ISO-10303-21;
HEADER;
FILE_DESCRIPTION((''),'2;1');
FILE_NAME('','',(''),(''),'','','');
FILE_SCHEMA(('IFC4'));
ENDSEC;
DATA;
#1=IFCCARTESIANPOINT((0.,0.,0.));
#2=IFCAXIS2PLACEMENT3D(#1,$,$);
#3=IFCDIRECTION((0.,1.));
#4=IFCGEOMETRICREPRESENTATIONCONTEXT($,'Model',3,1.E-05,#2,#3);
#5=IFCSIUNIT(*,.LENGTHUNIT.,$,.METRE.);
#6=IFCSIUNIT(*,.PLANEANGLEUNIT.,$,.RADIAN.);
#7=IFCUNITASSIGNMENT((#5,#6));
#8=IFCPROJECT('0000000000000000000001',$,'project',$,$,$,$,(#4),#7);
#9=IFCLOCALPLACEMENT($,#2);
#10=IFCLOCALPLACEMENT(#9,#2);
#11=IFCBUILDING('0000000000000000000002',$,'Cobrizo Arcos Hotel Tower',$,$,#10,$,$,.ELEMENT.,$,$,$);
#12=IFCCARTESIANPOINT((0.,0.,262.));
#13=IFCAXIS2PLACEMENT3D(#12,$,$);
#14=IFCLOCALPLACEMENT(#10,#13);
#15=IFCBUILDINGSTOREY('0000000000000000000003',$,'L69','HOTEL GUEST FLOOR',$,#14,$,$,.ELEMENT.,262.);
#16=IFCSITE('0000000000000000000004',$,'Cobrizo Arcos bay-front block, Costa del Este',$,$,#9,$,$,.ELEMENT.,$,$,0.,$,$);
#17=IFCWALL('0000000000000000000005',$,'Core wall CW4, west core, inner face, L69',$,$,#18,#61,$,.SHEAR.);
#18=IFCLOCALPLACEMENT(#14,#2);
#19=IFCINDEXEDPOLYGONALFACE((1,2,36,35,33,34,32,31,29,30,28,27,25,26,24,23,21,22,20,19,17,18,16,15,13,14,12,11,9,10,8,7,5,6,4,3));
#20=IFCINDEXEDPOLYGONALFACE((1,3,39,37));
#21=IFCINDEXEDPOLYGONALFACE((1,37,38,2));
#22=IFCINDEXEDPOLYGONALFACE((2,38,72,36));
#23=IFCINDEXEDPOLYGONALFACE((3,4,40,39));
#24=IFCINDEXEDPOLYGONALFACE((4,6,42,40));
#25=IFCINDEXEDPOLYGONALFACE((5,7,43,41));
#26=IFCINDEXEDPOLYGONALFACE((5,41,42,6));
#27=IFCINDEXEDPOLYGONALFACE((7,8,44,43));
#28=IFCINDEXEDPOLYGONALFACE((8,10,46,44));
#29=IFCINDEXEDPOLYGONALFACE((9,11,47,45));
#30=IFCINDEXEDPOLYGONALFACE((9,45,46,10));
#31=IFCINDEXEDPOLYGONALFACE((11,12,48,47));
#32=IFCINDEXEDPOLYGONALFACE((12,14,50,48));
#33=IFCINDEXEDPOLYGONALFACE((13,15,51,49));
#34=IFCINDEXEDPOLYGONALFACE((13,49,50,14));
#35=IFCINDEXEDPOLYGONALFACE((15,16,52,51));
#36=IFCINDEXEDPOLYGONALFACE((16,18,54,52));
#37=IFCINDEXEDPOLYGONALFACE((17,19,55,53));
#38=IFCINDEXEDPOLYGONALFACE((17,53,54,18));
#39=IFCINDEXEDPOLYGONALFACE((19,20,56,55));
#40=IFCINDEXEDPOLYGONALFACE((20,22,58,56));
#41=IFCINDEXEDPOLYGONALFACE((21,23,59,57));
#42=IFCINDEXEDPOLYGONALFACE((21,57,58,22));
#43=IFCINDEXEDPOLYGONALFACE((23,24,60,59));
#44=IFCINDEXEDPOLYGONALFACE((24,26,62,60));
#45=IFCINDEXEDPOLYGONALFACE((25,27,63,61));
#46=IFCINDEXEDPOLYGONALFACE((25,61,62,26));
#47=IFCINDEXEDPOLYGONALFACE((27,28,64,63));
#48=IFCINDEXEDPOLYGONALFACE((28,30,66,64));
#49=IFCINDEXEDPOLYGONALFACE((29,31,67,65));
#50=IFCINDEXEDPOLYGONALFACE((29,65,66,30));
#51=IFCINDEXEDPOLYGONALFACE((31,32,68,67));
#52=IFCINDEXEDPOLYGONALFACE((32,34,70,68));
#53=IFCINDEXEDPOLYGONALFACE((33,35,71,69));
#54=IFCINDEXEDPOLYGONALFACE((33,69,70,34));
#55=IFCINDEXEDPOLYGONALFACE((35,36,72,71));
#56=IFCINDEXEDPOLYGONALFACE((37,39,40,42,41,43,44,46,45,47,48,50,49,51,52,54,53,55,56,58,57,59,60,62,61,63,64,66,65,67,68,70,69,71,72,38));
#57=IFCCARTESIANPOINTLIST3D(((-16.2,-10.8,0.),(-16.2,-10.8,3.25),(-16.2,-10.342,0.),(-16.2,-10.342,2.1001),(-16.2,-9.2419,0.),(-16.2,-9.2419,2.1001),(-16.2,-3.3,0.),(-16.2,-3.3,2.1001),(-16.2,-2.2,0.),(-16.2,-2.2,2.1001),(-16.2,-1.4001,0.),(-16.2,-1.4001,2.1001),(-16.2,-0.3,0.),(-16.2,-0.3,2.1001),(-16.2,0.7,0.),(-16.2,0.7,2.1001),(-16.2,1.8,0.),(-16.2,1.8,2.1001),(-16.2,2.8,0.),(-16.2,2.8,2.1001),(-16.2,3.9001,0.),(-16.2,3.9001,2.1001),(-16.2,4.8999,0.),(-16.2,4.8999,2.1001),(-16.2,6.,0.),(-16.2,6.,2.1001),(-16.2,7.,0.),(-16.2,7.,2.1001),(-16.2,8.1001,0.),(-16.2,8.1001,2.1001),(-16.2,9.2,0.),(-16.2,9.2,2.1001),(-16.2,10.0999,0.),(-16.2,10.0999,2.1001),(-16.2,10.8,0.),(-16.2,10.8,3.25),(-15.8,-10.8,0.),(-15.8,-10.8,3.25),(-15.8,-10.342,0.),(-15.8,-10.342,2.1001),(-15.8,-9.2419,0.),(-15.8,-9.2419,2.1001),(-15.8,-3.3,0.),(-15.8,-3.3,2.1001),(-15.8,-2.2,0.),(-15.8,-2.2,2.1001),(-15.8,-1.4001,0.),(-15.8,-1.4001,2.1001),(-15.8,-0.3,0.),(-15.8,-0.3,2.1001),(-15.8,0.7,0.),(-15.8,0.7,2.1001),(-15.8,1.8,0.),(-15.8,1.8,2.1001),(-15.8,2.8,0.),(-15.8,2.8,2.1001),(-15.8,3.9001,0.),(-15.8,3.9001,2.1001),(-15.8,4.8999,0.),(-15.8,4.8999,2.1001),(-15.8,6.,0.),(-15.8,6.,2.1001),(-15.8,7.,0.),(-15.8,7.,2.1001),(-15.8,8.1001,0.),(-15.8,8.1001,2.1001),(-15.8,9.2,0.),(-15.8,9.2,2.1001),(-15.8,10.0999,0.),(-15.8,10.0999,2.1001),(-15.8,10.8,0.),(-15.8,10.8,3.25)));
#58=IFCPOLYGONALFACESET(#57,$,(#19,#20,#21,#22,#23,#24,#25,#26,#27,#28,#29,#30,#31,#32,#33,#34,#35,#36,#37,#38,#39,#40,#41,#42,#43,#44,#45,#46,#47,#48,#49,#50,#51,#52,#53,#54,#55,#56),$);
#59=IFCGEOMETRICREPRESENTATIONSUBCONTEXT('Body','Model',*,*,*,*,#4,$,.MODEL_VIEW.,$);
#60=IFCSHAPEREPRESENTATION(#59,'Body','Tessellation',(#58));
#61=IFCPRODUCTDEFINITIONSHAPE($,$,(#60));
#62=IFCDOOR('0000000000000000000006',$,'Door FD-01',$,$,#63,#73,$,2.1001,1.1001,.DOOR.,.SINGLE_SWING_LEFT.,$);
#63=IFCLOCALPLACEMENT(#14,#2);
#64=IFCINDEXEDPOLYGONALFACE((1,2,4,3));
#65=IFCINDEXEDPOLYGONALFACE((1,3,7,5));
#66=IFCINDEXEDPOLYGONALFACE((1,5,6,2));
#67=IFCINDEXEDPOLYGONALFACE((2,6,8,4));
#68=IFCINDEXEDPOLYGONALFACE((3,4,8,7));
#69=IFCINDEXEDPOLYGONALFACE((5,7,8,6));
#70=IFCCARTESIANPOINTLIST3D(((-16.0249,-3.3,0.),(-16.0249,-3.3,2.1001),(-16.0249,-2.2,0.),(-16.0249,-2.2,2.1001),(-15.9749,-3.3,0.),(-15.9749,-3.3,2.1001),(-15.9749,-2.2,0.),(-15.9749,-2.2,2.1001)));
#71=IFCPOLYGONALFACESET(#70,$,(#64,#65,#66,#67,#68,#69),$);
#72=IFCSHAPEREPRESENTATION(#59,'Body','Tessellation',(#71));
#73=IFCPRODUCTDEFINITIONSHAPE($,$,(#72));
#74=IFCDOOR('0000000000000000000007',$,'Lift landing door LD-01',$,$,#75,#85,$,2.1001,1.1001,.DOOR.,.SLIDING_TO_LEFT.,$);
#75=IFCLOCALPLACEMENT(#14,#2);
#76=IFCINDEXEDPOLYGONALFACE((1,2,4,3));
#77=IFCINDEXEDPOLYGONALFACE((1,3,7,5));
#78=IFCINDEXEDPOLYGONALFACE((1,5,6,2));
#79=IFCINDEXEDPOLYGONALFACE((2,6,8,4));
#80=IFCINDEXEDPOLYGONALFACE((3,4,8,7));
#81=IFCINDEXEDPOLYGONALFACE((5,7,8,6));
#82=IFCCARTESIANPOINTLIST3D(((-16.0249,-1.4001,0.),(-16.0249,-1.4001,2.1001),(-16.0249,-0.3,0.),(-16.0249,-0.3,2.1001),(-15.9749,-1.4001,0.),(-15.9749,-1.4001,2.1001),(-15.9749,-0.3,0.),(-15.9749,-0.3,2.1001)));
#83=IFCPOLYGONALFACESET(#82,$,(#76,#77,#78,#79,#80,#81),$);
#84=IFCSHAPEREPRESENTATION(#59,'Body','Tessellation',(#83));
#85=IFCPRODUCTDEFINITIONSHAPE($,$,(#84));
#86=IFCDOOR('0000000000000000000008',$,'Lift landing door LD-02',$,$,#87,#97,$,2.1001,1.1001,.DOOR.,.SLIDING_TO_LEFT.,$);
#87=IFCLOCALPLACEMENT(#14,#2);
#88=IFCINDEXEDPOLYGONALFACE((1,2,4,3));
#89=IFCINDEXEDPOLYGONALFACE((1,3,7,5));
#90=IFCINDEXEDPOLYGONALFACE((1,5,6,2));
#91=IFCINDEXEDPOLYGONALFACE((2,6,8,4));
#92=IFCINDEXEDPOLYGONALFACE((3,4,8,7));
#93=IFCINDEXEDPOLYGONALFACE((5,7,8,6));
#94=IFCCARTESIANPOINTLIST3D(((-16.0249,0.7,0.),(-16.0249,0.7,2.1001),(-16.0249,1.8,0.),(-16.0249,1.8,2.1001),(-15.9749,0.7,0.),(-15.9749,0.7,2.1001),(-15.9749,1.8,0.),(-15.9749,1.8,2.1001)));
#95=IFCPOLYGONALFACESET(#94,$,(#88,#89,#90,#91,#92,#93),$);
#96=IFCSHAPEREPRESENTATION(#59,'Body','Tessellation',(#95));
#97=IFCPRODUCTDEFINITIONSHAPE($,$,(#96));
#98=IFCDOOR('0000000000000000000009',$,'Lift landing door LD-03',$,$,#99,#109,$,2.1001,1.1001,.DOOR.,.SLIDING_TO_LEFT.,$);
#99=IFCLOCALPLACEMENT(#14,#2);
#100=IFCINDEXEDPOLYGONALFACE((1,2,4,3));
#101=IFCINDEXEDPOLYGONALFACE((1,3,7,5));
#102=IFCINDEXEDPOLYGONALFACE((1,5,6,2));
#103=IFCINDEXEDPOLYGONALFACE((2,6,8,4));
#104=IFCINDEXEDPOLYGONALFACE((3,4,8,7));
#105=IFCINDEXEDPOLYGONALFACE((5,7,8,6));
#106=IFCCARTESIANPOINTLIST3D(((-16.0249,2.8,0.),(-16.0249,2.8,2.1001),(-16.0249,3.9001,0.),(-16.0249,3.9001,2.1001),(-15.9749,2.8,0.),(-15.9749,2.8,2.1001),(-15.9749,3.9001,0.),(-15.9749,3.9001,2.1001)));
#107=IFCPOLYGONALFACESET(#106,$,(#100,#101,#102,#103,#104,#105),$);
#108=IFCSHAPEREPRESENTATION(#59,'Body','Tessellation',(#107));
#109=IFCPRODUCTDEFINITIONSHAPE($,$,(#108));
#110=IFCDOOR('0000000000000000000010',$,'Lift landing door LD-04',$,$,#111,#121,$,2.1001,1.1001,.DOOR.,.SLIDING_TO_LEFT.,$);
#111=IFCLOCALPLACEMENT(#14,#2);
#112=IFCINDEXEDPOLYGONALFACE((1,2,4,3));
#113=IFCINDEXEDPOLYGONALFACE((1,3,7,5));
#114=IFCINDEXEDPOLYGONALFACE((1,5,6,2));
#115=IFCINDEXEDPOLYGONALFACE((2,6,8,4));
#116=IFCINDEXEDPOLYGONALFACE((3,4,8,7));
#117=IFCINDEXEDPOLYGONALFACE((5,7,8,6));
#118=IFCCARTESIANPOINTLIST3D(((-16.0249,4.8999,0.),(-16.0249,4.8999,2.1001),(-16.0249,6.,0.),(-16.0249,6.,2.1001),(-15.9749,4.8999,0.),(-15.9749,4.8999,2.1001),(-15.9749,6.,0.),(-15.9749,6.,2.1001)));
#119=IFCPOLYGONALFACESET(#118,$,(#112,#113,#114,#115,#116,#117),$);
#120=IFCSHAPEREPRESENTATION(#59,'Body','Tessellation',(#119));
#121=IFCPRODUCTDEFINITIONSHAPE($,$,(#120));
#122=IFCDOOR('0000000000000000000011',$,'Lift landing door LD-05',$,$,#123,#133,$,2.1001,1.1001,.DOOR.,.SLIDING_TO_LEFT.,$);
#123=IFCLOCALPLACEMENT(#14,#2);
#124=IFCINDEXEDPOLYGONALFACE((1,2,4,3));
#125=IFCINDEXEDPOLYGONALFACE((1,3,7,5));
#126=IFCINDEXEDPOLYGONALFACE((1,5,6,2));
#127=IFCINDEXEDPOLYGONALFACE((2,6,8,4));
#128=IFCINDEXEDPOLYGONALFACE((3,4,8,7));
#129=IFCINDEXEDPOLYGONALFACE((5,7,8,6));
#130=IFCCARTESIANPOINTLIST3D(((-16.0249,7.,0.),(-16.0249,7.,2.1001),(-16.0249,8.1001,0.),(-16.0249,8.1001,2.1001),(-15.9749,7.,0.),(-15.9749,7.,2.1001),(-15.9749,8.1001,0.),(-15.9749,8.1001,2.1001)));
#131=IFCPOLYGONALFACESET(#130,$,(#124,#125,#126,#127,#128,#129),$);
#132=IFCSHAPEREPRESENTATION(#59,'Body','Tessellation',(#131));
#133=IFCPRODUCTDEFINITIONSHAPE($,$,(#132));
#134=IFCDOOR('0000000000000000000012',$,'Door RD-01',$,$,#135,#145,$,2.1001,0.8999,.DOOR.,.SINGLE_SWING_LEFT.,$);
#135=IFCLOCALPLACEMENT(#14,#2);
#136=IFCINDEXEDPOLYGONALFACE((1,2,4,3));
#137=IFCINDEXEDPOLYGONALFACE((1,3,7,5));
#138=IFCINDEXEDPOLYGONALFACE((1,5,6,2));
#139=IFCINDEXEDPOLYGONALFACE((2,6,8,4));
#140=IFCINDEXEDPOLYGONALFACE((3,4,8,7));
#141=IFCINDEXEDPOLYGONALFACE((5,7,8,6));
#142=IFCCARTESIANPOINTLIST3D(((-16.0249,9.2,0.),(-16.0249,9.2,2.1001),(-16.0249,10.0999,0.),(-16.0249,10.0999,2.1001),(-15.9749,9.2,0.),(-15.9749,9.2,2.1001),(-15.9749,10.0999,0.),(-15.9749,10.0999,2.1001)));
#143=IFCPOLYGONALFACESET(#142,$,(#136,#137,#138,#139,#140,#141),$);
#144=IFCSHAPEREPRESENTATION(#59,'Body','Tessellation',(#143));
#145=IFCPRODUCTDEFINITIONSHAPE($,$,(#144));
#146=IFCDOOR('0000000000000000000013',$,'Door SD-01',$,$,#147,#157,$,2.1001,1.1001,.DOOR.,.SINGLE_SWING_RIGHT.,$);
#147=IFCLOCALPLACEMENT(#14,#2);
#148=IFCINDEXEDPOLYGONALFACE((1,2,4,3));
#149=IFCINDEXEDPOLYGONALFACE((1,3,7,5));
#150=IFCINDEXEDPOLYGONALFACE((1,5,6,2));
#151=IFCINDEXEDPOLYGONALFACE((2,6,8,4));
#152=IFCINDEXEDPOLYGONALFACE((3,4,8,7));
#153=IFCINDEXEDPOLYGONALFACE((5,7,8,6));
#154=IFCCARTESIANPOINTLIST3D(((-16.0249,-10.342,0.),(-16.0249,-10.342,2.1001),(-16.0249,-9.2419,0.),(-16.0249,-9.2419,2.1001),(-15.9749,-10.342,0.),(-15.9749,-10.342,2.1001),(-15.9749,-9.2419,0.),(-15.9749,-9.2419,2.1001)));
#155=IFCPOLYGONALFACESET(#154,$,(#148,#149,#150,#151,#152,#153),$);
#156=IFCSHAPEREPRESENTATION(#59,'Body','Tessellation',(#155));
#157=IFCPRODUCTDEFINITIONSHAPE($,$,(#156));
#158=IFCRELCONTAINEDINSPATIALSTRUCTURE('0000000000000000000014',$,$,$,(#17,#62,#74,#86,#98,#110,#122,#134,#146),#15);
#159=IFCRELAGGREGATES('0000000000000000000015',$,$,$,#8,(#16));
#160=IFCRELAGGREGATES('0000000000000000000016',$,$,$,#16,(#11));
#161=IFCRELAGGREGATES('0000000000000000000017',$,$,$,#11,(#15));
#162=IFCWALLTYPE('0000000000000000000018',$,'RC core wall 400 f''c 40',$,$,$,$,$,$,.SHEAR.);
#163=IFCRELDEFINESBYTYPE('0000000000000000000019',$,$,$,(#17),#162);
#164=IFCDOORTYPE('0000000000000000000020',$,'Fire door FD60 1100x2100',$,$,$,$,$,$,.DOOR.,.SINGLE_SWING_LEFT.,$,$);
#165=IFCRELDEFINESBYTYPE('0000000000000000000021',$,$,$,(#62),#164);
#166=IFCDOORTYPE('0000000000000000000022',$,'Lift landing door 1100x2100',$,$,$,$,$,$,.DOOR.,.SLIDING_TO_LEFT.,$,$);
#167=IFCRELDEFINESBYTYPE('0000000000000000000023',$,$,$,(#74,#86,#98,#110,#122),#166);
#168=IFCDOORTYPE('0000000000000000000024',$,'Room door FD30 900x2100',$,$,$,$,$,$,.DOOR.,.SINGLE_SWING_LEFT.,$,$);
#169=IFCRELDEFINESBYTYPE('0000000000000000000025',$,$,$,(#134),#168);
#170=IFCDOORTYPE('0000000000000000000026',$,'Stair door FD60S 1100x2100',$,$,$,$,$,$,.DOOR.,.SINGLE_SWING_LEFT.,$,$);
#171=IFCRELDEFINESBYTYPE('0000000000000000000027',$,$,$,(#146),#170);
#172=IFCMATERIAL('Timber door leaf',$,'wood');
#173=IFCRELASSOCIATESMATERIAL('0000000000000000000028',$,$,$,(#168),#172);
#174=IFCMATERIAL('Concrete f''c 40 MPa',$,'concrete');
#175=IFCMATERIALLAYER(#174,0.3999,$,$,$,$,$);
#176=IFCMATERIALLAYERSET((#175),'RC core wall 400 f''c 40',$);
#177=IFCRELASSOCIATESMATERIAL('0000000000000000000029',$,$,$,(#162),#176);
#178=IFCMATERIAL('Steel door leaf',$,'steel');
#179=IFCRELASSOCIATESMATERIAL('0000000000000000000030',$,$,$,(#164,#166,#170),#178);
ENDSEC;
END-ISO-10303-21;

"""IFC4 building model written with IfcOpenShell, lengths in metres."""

from ifc_helpers import new_model, si_unit, direction, frame, frame_2d, origin, place, context, subcontext, project, spatial, rectangle, extrude, material, layer, layer_set, type_object, element, fill, save


model = new_model("IFC4")

# Units and contexts
model_context = context("Model", 3, precision=1e-05, world=origin(), true_north=direction((0.0, 1.0)))
body_context = subcontext(model_context, "Body", "Model", "MODEL_VIEW")
ifc_project = project(units=[si_unit("LENGTHUNIT", "METRE"), si_unit("PLANEANGLEUNIT", "RADIAN")], contexts=[model_context])

# Site, building, storey
site_placement = place(None, origin())
site = spatial("IfcSite", under=ifc_project, at=site_placement, Name="Cobrizo Arcos bay-front block, Costa del Este", CompositionType="ELEMENT", RefElevation=0.0)
building_placement = place(site_placement, origin())
building = spatial("IfcBuilding", under=site, at=building_placement, Name="Cobrizo Arcos Hotel Tower", CompositionType="ELEMENT")
storey_placement = place(building_placement, frame((0.0, 0.0, 262.0)))
storey = spatial("IfcBuildingStorey", under=building, at=storey_placement, Name="L69", Description="HOTEL GUEST FLOOR", CompositionType="ELEMENT", Elevation=262.0)

# Shared definitions
ifc_material_1 = material(Name="Timber door leaf", Category="wood")
door_type_1 = type_object("IfcDoorType", Name="Room door FD30 900x2100", OperationType="SINGLE_SWING_LEFT", PredefinedType="DOOR", material=ifc_material_1)

# Wall, openings, doors
ifc_material_2 = material(Name="Concrete f'c 40 MPa", Category="concrete")
ifc_layer_1 = layer(ifc_material_2, 0.3999)
ifc_layer_set_1 = layer_set([ifc_layer_1], Name="RC core wall 400 f'c 40")
wall_type_1 = type_object("IfcWallType", Name="RC core wall 400 f'c 40", PredefinedType="SHEAR", material=ifc_layer_set_1)
wall_1_placement = place(storey_placement, frame((-16.0, -10.8, 0.0), z_axis=(0.0, 0.0, 1.0), x_axis=(0.0, 1.0, 0.0)))
wall_1 = element("IfcWall", 1, at=wall_1_placement, inside=storey, type_object=wall_type_1, Name="Core wall CW4, west core, inner face, L69", PredefinedType="SHEAR", context=body_context, shape_type="SweptSolid", body=[
    extrude(rectangle(XDim=21.6001, YDim=0.3999, at=frame_2d((10.8, 0.0))), origin(), (0.0, 0.0, 1.0), 3.25),
])
opening_1_placement = place(wall_1_placement, frame((9.3999, 0.0, 0.0)))
opening_1 = element("IfcOpeningElement", 2, at=opening_1_placement, cuts=wall_1, PredefinedType="OPENING", context=body_context, shape_type="SweptSolid", body=[
    extrude(rectangle(XDim=1.1001, YDim=2.1001, at=frame_2d((0.55, 1.05))), frame((0.0, 0.2119, 0.0), z_axis=(0.0, -1.0, 0.0), x_axis=(1.0, 0.0, 0.0)), (0.0, 0.0, 1.0), 0.4238),
])
opening_2_placement = place(wall_1_placement, frame((11.5, 0.0, 0.0)))
opening_2 = element("IfcOpeningElement", 3, at=opening_2_placement, cuts=wall_1, PredefinedType="OPENING", context=body_context, shape_type="SweptSolid", body=[
    extrude(rectangle(XDim=1.1001, YDim=2.1001, at=frame_2d((0.55, 1.05))), frame((0.0, 0.2119, 0.0), z_axis=(0.0, -1.0, 0.0), x_axis=(1.0, 0.0, 0.0)), (0.0, 0.0, 1.0), 0.4238),
])
opening_3_placement = place(wall_1_placement, frame((13.6001, 0.0, 0.0)))
opening_3 = element("IfcOpeningElement", 4, at=opening_3_placement, cuts=wall_1, PredefinedType="OPENING", context=body_context, shape_type="SweptSolid", body=[
    extrude(rectangle(XDim=1.1001, YDim=2.1001, at=frame_2d((0.55, 1.05))), frame((0.0, 0.2119, 0.0), z_axis=(0.0, -1.0, 0.0), x_axis=(1.0, 0.0, 0.0)), (0.0, 0.0, 1.0), 0.4238),
])
opening_4_placement = place(wall_1_placement, frame((15.7, 0.0, 0.0)))
opening_4 = element("IfcOpeningElement", 5, at=opening_4_placement, cuts=wall_1, PredefinedType="OPENING", context=body_context, shape_type="SweptSolid", body=[
    extrude(rectangle(XDim=1.1001, YDim=2.1001, at=frame_2d((0.55, 1.05))), frame((0.0, 0.2119, 0.0), z_axis=(0.0, -1.0, 0.0), x_axis=(1.0, 0.0, 0.0)), (0.0, 0.0, 1.0), 0.4238),
])
opening_5_placement = place(wall_1_placement, frame((17.8, 0.0, 0.0)))
opening_5 = element("IfcOpeningElement", 6, at=opening_5_placement, cuts=wall_1, PredefinedType="OPENING", context=body_context, shape_type="SweptSolid", body=[
    extrude(rectangle(XDim=1.1001, YDim=2.1001, at=frame_2d((0.55, 1.05))), frame((0.0, 0.2119, 0.0), z_axis=(0.0, -1.0, 0.0), x_axis=(1.0, 0.0, 0.0)), (0.0, 0.0, 1.0), 0.4238),
])
opening_6_placement = place(wall_1_placement, frame((0.458, 0.0, 0.0)))
opening_6 = element("IfcOpeningElement", 7, at=opening_6_placement, cuts=wall_1, PredefinedType="OPENING", context=body_context, shape_type="SweptSolid", body=[
    extrude(rectangle(XDim=1.1001, YDim=2.1001, at=frame_2d((0.55, 1.05))), frame((0.0, 0.2119, 0.0), z_axis=(0.0, -1.0, 0.0), x_axis=(1.0, 0.0, 0.0)), (0.0, 0.0, 1.0), 0.4238),
])
opening_7_placement = place(wall_1_placement, frame((7.5, 0.0, 0.0)))
opening_7 = element("IfcOpeningElement", 8, at=opening_7_placement, cuts=wall_1, PredefinedType="OPENING", context=body_context, shape_type="SweptSolid", body=[
    extrude(rectangle(XDim=1.1001, YDim=2.1001, at=frame_2d((0.55, 1.05))), frame((0.0, 0.2119, 0.0), z_axis=(0.0, -1.0, 0.0), x_axis=(1.0, 0.0, 0.0)), (0.0, 0.0, 1.0), 0.4238),
])
opening_8_placement = place(wall_1_placement, frame((20.0, 0.0, 0.0)))
opening_8 = element("IfcOpeningElement", 9, at=opening_8_placement, cuts=wall_1, PredefinedType="OPENING", context=body_context, shape_type="SweptSolid", body=[
    extrude(rectangle(XDim=0.8999, YDim=2.1001, at=frame_2d((0.45, 1.05))), frame((0.0, 0.2119, 0.0), z_axis=(0.0, -1.0, 0.0), x_axis=(1.0, 0.0, 0.0)), (0.0, 0.0, 1.0), 0.4238),
])
ifc_material_3 = material(Name="Steel door leaf", Category="steel")
door_type_2 = type_object("IfcDoorType", Name="Fire door FD60 1100x2100", OperationType="SINGLE_SWING_LEFT", PredefinedType="DOOR", material=ifc_material_3)
door_1_placement = place(opening_7_placement, origin())
door_1 = element("IfcDoor", 10, at=door_1_placement, inside=storey, type_object=door_type_2, Name="Door FD-01", OperationType="SINGLE_SWING_LEFT", OverallHeight=2.1001, OverallWidth=1.1001, PredefinedType="DOOR", context=body_context, shape_type="SweptSolid", body=[
    extrude(rectangle(XDim=1.1001, YDim=2.1001, at=frame_2d((0.55, 1.05))), frame((0.0, 0.0249, 0.0), z_axis=(0.0, -1.0, 0.0), x_axis=(1.0, 0.0, 0.0)), (0.0, 0.0, 1.0), 0.05),
])
fill(opening_7, door_1)
door_type_3 = type_object("IfcDoorType", Name="Lift landing door 1100x2100", OperationType="SLIDING_TO_LEFT", PredefinedType="DOOR", material=ifc_material_3)
door_2_placement = place(opening_1_placement, origin())
door_2 = element("IfcDoor", 11, at=door_2_placement, inside=storey, type_object=door_type_3, Name="Lift landing door LD-01", OperationType="SLIDING_TO_LEFT", OverallHeight=2.1001, OverallWidth=1.1001, PredefinedType="DOOR", context=body_context, shape_type="SweptSolid", body=[
    extrude(rectangle(XDim=1.1001, YDim=2.1001, at=frame_2d((0.55, 1.05))), frame((0.0, 0.0249, 0.0), z_axis=(0.0, -1.0, 0.0), x_axis=(1.0, 0.0, 0.0)), (0.0, 0.0, 1.0), 0.05),
])
fill(opening_1, door_2)
door_3_placement = place(opening_2_placement, origin())
door_3 = element("IfcDoor", 12, at=door_3_placement, inside=storey, type_object=door_type_3, Name="Lift landing door LD-02", OperationType="SLIDING_TO_LEFT", OverallHeight=2.1001, OverallWidth=1.1001, PredefinedType="DOOR", context=body_context, shape_type="SweptSolid", body=[
    extrude(rectangle(XDim=1.1001, YDim=2.1001, at=frame_2d((0.55, 1.05))), frame((0.0, 0.0249, 0.0), z_axis=(0.0, -1.0, 0.0), x_axis=(1.0, 0.0, 0.0)), (0.0, 0.0, 1.0), 0.05),
])
fill(opening_2, door_3)
door_4_placement = place(opening_3_placement, origin())
door_4 = element("IfcDoor", 13, at=door_4_placement, inside=storey, type_object=door_type_3, Name="Lift landing door LD-03", OperationType="SLIDING_TO_LEFT", OverallHeight=2.1001, OverallWidth=1.1001, PredefinedType="DOOR", context=body_context, shape_type="SweptSolid", body=[
    extrude(rectangle(XDim=1.1001, YDim=2.1001, at=frame_2d((0.55, 1.05))), frame((0.0, 0.0249, 0.0), z_axis=(0.0, -1.0, 0.0), x_axis=(1.0, 0.0, 0.0)), (0.0, 0.0, 1.0), 0.05),
])
fill(opening_3, door_4)
door_5_placement = place(opening_4_placement, origin())
door_5 = element("IfcDoor", 14, at=door_5_placement, inside=storey, type_object=door_type_3, Name="Lift landing door LD-04", OperationType="SLIDING_TO_LEFT", OverallHeight=2.1001, OverallWidth=1.1001, PredefinedType="DOOR", context=body_context, shape_type="SweptSolid", body=[
    extrude(rectangle(XDim=1.1001, YDim=2.1001, at=frame_2d((0.55, 1.05))), frame((0.0, 0.0249, 0.0), z_axis=(0.0, -1.0, 0.0), x_axis=(1.0, 0.0, 0.0)), (0.0, 0.0, 1.0), 0.05),
])
fill(opening_4, door_5)
door_6_placement = place(opening_5_placement, origin())
door_6 = element("IfcDoor", 15, at=door_6_placement, inside=storey, type_object=door_type_3, Name="Lift landing door LD-05", OperationType="SLIDING_TO_LEFT", OverallHeight=2.1001, OverallWidth=1.1001, PredefinedType="DOOR", context=body_context, shape_type="SweptSolid", body=[
    extrude(rectangle(XDim=1.1001, YDim=2.1001, at=frame_2d((0.55, 1.05))), frame((0.0, 0.0249, 0.0), z_axis=(0.0, -1.0, 0.0), x_axis=(1.0, 0.0, 0.0)), (0.0, 0.0, 1.0), 0.05),
])
fill(opening_5, door_6)
door_7_placement = place(opening_8_placement, origin())
door_7 = element("IfcDoor", 16, at=door_7_placement, inside=storey, type_object=door_type_1, Name="Door RD-01", OperationType="SINGLE_SWING_LEFT", OverallHeight=2.1001, OverallWidth=0.8999, PredefinedType="DOOR", context=body_context, shape_type="SweptSolid", body=[
    extrude(rectangle(XDim=0.8999, YDim=2.1001, at=frame_2d((0.45, 1.05))), frame((0.0, 0.0249, 0.0), z_axis=(0.0, -1.0, 0.0), x_axis=(1.0, 0.0, 0.0)), (0.0, 0.0, 1.0), 0.05),
])
fill(opening_8, door_7)
door_type_4 = type_object("IfcDoorType", Name="Stair door FD60S 1100x2100", OperationType="SINGLE_SWING_LEFT", PredefinedType="DOOR", material=ifc_material_3)
door_8_placement = place(opening_6_placement, origin())
door_8 = element("IfcDoor", 17, at=door_8_placement, inside=storey, type_object=door_type_4, Name="Door SD-01", OperationType="SINGLE_SWING_RIGHT", OverallHeight=2.1001, OverallWidth=1.1001, PredefinedType="DOOR", context=body_context, shape_type="SweptSolid", body=[
    extrude(rectangle(XDim=1.1001, YDim=2.1001, at=frame_2d((0.55, 1.05))), frame((0.0, 0.0249, 0.0), z_axis=(0.0, -1.0, 0.0), x_axis=(1.0, 0.0, 0.0)), (0.0, 0.0, 1.0), 0.05),
])
fill(opening_6, door_8)

save(model, "model.ifc")
